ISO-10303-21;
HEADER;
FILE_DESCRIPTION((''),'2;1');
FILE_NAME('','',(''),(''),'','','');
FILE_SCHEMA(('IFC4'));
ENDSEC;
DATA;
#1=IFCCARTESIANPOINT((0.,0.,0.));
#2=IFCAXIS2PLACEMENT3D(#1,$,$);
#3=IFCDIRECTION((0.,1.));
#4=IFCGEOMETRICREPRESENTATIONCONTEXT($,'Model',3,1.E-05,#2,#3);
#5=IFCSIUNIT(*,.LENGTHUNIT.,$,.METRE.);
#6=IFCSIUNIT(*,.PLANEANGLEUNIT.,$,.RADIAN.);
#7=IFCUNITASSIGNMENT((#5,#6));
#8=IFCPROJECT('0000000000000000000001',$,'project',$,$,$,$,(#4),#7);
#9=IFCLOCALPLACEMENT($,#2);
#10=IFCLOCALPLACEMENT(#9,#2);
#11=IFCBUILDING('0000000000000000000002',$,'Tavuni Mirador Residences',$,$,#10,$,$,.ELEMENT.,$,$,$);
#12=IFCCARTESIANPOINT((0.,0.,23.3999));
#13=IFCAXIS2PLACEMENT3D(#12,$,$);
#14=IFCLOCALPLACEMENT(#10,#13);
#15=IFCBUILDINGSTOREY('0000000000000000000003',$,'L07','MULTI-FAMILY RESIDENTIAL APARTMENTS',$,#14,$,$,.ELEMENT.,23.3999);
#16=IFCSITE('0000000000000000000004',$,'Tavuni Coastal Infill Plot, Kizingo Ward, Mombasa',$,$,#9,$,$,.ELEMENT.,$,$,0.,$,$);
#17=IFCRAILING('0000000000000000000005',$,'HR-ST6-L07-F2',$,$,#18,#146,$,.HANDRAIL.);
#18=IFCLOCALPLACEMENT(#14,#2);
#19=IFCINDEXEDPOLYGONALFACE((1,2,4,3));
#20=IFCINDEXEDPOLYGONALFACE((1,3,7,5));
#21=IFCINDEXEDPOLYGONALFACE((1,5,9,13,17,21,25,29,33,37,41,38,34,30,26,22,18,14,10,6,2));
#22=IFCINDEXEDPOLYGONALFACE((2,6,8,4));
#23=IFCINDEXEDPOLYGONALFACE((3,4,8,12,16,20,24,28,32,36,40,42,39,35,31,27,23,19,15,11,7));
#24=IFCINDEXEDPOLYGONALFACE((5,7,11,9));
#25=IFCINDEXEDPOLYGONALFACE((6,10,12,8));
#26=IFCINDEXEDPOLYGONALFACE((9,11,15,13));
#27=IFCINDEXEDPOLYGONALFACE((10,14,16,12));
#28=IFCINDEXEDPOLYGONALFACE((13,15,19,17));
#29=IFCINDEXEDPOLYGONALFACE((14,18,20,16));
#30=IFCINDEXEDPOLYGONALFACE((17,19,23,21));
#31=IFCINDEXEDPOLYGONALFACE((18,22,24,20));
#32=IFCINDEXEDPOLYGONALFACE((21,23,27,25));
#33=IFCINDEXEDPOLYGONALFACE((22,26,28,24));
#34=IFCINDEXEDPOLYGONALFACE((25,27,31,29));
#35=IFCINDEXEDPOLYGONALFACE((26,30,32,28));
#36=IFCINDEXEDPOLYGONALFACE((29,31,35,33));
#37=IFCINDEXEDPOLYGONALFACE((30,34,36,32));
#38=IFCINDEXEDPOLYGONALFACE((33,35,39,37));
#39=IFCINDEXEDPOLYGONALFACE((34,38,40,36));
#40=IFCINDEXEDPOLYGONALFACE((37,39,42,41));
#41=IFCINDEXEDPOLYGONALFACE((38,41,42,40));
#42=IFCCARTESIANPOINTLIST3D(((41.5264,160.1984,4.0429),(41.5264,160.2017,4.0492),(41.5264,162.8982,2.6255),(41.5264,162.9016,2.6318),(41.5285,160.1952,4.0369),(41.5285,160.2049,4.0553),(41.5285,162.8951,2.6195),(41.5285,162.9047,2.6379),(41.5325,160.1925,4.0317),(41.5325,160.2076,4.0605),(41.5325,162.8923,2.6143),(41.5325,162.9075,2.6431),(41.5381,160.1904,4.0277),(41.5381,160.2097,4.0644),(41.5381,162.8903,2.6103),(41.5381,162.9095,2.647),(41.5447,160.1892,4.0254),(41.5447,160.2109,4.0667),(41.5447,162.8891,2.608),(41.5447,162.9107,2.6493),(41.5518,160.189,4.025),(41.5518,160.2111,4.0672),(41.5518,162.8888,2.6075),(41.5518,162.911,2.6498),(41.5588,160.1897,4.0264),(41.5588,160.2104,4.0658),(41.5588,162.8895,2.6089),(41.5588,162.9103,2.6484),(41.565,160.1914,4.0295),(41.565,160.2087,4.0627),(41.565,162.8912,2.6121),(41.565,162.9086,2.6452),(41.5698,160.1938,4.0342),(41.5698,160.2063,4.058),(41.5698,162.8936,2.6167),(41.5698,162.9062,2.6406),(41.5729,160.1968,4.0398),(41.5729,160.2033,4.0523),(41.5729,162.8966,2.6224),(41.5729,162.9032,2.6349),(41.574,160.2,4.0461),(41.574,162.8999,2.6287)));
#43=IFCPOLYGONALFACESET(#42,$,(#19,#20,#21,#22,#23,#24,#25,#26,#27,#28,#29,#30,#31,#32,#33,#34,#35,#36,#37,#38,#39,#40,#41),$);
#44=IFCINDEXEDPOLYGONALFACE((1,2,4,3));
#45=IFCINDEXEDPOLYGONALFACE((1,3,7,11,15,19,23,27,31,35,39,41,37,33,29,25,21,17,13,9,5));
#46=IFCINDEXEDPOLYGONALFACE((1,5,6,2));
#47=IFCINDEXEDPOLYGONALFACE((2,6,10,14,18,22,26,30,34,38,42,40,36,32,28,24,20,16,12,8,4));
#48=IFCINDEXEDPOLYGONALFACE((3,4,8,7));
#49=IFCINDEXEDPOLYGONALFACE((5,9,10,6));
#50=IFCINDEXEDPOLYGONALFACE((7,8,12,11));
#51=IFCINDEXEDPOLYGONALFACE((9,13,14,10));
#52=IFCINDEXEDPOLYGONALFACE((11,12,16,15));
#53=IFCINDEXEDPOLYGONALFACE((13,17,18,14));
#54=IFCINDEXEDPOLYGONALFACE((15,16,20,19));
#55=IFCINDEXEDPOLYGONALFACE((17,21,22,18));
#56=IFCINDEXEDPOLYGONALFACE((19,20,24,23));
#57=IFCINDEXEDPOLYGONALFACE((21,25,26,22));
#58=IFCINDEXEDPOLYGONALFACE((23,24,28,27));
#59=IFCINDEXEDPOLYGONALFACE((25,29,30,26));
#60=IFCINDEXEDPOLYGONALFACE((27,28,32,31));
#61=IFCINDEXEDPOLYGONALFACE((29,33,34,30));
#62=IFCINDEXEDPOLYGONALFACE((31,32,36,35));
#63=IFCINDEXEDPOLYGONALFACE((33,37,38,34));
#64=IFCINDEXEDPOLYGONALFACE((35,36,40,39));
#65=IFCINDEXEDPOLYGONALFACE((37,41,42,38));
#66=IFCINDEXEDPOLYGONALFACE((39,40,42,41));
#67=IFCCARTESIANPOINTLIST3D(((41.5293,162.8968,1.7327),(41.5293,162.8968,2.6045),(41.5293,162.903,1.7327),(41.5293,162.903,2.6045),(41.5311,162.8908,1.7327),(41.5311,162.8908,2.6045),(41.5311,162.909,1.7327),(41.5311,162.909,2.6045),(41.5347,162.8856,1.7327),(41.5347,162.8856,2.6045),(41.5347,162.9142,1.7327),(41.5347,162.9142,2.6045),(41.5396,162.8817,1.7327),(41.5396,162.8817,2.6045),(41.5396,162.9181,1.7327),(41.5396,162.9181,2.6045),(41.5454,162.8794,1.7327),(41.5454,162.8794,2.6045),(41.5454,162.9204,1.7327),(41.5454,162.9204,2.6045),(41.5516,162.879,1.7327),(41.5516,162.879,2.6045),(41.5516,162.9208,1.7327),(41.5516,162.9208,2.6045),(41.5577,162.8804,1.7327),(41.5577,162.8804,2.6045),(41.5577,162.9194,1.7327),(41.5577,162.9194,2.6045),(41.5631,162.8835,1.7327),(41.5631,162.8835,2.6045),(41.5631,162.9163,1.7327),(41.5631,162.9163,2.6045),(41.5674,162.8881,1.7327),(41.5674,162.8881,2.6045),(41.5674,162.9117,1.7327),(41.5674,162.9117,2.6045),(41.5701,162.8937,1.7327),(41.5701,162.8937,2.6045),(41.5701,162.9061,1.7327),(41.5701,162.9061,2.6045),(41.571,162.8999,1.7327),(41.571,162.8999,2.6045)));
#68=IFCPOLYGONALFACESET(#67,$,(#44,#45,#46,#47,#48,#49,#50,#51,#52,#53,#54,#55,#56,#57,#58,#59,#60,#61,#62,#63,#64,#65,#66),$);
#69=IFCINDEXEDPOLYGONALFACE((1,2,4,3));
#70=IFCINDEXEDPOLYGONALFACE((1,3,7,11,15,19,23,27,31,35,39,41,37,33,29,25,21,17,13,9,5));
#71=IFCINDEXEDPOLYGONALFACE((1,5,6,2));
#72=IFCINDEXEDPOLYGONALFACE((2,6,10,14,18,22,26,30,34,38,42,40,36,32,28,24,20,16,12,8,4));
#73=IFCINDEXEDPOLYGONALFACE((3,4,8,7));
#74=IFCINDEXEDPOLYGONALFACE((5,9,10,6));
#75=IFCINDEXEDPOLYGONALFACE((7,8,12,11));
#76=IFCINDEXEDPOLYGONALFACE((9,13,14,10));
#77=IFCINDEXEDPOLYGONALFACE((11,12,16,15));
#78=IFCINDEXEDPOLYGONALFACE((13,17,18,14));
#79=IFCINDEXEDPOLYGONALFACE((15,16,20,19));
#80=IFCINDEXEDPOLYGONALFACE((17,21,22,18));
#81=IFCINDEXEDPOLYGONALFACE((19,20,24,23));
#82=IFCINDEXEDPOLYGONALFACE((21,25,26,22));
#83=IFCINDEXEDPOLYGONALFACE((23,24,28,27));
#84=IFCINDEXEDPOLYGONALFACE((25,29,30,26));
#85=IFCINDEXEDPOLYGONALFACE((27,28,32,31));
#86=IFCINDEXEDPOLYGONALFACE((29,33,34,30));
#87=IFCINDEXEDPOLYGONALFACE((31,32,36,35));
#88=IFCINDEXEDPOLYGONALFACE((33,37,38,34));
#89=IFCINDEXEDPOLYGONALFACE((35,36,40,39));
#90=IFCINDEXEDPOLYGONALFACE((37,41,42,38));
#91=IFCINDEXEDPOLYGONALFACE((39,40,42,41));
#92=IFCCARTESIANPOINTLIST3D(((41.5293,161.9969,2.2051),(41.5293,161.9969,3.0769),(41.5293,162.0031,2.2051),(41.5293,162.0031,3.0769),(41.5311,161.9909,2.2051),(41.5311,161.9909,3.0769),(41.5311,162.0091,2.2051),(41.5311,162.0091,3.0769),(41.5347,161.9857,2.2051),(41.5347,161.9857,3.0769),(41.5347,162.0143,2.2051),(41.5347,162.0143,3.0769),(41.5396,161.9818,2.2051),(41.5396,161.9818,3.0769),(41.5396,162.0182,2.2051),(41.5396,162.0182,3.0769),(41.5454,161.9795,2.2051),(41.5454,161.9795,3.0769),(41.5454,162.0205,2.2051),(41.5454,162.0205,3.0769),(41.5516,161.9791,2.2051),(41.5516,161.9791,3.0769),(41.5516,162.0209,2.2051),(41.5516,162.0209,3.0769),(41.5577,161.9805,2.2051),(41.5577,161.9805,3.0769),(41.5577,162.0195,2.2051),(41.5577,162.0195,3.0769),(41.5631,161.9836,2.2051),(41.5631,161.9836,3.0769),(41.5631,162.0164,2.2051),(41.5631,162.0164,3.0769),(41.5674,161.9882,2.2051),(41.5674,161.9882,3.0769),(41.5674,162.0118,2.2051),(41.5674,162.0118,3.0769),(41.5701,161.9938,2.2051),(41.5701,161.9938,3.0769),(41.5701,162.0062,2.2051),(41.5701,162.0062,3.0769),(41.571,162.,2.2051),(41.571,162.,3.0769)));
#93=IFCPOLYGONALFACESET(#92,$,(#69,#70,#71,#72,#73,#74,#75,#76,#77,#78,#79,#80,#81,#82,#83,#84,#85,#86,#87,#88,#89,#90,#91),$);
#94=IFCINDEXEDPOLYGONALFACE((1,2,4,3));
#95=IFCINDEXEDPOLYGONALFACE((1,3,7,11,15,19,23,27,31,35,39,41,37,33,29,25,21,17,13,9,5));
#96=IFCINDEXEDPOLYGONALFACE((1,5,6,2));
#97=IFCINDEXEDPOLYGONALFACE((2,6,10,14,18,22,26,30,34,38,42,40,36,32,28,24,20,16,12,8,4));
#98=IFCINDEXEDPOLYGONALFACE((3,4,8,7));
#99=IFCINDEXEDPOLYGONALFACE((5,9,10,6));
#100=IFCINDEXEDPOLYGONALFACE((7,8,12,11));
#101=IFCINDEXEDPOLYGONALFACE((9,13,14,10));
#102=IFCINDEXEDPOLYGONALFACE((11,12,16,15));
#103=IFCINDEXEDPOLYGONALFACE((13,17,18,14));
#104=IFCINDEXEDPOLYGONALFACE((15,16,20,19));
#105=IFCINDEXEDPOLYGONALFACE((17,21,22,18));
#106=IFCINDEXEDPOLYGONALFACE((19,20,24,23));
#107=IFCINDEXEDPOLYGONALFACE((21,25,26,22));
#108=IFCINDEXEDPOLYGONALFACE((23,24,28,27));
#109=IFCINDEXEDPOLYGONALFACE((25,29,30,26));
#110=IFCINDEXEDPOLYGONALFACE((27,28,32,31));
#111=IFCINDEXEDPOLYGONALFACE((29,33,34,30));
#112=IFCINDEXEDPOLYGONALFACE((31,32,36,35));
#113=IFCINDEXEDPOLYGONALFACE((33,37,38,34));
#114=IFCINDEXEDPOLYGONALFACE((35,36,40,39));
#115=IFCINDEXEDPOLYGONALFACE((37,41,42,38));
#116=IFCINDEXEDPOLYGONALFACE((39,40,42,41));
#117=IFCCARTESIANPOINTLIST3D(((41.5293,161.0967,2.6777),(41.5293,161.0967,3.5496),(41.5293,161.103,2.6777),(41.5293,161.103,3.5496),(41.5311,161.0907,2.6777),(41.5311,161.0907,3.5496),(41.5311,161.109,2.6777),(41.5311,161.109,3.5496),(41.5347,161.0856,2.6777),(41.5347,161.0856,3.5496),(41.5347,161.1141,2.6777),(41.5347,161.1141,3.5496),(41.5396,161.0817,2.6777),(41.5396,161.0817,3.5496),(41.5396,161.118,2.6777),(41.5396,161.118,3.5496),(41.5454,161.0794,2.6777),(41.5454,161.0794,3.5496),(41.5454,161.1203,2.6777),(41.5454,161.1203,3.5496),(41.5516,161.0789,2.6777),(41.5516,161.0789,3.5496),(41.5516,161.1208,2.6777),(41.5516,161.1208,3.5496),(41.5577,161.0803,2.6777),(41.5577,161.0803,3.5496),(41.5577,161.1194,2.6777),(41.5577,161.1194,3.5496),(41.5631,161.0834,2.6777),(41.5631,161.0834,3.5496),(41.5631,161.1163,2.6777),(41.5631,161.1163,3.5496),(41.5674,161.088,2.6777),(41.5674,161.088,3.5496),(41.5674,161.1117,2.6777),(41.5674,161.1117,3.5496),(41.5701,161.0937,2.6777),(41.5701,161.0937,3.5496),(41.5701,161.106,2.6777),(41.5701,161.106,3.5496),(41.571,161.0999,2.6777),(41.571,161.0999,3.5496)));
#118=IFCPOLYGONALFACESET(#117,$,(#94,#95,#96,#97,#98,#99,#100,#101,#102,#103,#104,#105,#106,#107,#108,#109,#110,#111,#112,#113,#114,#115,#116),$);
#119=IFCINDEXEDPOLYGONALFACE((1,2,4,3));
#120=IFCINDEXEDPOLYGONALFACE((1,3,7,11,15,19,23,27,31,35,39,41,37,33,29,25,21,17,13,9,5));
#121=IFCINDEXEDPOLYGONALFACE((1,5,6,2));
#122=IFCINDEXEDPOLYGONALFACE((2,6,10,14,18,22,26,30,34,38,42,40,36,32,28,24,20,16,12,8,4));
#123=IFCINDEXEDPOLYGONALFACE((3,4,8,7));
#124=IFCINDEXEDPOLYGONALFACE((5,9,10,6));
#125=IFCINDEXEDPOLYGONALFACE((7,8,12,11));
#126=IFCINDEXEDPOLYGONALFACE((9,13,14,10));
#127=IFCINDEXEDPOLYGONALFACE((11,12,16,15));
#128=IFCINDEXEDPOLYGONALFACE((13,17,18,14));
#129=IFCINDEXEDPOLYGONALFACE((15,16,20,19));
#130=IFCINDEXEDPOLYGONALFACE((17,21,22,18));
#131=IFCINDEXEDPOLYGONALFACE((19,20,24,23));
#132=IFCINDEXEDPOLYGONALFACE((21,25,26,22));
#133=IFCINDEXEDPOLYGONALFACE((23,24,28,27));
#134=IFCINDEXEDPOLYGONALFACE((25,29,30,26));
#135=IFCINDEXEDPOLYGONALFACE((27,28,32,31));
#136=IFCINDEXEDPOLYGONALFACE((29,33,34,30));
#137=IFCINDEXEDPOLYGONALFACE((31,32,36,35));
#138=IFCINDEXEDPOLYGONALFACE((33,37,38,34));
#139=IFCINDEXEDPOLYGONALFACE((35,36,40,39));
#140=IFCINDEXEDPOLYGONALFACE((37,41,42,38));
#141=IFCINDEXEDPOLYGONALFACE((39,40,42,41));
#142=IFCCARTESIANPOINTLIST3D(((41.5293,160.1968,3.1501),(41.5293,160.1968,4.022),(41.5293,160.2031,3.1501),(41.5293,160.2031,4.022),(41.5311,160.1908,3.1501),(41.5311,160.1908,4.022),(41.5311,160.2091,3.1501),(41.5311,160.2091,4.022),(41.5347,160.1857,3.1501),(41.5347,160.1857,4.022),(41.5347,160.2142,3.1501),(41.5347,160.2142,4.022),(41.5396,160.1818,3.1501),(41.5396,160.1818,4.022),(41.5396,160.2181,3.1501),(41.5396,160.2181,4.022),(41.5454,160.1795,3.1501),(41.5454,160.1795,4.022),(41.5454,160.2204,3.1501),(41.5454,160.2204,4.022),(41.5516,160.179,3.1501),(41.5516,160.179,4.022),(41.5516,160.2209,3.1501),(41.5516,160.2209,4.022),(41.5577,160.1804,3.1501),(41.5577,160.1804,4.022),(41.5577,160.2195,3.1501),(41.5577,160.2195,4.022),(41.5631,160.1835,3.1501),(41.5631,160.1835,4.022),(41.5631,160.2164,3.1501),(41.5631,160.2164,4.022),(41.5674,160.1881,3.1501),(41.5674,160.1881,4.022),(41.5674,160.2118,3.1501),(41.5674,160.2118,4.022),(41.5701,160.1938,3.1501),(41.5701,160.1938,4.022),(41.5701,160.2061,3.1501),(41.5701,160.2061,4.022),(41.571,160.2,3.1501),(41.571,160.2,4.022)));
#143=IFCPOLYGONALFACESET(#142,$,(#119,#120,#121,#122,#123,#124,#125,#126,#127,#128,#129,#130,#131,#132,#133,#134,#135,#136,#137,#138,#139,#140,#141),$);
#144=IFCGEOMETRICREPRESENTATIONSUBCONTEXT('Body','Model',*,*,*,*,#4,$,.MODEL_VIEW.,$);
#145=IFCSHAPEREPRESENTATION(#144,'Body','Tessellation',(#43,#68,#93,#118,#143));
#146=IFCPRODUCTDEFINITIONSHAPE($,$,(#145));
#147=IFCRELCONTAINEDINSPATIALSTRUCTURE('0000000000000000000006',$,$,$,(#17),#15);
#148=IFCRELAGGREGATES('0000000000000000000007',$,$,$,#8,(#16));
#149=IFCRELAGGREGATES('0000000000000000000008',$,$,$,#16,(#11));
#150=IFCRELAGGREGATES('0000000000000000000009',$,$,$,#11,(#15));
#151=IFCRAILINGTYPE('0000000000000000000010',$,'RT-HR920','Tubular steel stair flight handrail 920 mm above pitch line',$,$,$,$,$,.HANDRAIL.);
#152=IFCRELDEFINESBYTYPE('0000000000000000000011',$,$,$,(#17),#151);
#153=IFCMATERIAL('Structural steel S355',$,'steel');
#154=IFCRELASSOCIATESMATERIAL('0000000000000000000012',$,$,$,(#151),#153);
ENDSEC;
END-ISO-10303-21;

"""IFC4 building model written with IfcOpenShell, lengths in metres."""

from ifc_helpers import new_model, si_unit, direction, frame, origin, origin_2d, place, context, subcontext, project, spatial, circle, extrude, material, type_object, element, save


model = new_model("IFC4")

# Units and contexts
model_context = context("Model", 3, precision=1e-05, world=origin(), true_north=direction((0.0, 1.0)))
body_context = subcontext(model_context, "Body", "Model", "MODEL_VIEW")
ifc_project = project(units=[si_unit("LENGTHUNIT", "METRE"), si_unit("PLANEANGLEUNIT", "RADIAN")], contexts=[model_context])

# Site, building, storey
site_placement = place(None, origin())
site = spatial("IfcSite", under=ifc_project, at=site_placement, Name="Tavuni Coastal Infill Plot, Kizingo Ward, Mombasa", CompositionType="ELEMENT", RefElevation=0.0)
building_placement = place(site_placement, origin())
building = spatial("IfcBuilding", under=site, at=building_placement, Name="Tavuni Mirador Residences", CompositionType="ELEMENT")
storey_placement = place(building_placement, frame((0.0, 0.0, 23.3999)))
storey = spatial("IfcBuildingStorey", under=building, at=storey_placement, Name="L07", Description="MULTI-FAMILY RESIDENTIAL APARTMENTS", CompositionType="ELEMENT", Elevation=23.3999)

# Shared definitions
ifc_material_1 = material(Name="Structural steel S355", Category="steel")

# Railing
railing_type_1 = type_object("IfcRailingType", Name="RT-HR920", Description="Tubular steel stair flight handrail 920 mm above pitch line", PredefinedType="HANDRAIL", material=ifc_material_1)
railing_1_placement = place(storey_placement, frame((41.55, 162.8999, 1.7327)))
element("IfcRailing", 1, at=railing_1_placement, inside=storey, type_object=railing_type_1, Name="HR-ST6-L07-F2", PredefinedType="HANDRAIL", context=body_context, shape_type="SweptSolid", body=[
    extrude(circle(Radius=0.0239, at=origin_2d()), frame((0.0, 0.0, 0.896), z_axis=(0.0, -0.885397, 0.464835), x_axis=(1.0, 0.0, 0.0)), (0.0, 0.0, 1.0), 3.0493),
    extrude(circle(Radius=0.021, at=origin_2d()), origin(), (0.0, 0.0, 1.0), 0.8718),
    extrude(circle(Radius=0.021, at=origin_2d()), frame((0.0, -0.8999, 0.4724)), (0.0, 0.0, 1.0), 0.8718),
    extrude(circle(Radius=0.021, at=origin_2d()), frame((0.0, -1.8, 0.9451)), (0.0, 0.0, 1.0), 0.8718),
    extrude(circle(Radius=0.021, at=origin_2d()), frame((0.0, -2.7, 1.4175)), (0.0, 0.0, 1.0), 0.8718),
])

save(model, "model.ifc")
